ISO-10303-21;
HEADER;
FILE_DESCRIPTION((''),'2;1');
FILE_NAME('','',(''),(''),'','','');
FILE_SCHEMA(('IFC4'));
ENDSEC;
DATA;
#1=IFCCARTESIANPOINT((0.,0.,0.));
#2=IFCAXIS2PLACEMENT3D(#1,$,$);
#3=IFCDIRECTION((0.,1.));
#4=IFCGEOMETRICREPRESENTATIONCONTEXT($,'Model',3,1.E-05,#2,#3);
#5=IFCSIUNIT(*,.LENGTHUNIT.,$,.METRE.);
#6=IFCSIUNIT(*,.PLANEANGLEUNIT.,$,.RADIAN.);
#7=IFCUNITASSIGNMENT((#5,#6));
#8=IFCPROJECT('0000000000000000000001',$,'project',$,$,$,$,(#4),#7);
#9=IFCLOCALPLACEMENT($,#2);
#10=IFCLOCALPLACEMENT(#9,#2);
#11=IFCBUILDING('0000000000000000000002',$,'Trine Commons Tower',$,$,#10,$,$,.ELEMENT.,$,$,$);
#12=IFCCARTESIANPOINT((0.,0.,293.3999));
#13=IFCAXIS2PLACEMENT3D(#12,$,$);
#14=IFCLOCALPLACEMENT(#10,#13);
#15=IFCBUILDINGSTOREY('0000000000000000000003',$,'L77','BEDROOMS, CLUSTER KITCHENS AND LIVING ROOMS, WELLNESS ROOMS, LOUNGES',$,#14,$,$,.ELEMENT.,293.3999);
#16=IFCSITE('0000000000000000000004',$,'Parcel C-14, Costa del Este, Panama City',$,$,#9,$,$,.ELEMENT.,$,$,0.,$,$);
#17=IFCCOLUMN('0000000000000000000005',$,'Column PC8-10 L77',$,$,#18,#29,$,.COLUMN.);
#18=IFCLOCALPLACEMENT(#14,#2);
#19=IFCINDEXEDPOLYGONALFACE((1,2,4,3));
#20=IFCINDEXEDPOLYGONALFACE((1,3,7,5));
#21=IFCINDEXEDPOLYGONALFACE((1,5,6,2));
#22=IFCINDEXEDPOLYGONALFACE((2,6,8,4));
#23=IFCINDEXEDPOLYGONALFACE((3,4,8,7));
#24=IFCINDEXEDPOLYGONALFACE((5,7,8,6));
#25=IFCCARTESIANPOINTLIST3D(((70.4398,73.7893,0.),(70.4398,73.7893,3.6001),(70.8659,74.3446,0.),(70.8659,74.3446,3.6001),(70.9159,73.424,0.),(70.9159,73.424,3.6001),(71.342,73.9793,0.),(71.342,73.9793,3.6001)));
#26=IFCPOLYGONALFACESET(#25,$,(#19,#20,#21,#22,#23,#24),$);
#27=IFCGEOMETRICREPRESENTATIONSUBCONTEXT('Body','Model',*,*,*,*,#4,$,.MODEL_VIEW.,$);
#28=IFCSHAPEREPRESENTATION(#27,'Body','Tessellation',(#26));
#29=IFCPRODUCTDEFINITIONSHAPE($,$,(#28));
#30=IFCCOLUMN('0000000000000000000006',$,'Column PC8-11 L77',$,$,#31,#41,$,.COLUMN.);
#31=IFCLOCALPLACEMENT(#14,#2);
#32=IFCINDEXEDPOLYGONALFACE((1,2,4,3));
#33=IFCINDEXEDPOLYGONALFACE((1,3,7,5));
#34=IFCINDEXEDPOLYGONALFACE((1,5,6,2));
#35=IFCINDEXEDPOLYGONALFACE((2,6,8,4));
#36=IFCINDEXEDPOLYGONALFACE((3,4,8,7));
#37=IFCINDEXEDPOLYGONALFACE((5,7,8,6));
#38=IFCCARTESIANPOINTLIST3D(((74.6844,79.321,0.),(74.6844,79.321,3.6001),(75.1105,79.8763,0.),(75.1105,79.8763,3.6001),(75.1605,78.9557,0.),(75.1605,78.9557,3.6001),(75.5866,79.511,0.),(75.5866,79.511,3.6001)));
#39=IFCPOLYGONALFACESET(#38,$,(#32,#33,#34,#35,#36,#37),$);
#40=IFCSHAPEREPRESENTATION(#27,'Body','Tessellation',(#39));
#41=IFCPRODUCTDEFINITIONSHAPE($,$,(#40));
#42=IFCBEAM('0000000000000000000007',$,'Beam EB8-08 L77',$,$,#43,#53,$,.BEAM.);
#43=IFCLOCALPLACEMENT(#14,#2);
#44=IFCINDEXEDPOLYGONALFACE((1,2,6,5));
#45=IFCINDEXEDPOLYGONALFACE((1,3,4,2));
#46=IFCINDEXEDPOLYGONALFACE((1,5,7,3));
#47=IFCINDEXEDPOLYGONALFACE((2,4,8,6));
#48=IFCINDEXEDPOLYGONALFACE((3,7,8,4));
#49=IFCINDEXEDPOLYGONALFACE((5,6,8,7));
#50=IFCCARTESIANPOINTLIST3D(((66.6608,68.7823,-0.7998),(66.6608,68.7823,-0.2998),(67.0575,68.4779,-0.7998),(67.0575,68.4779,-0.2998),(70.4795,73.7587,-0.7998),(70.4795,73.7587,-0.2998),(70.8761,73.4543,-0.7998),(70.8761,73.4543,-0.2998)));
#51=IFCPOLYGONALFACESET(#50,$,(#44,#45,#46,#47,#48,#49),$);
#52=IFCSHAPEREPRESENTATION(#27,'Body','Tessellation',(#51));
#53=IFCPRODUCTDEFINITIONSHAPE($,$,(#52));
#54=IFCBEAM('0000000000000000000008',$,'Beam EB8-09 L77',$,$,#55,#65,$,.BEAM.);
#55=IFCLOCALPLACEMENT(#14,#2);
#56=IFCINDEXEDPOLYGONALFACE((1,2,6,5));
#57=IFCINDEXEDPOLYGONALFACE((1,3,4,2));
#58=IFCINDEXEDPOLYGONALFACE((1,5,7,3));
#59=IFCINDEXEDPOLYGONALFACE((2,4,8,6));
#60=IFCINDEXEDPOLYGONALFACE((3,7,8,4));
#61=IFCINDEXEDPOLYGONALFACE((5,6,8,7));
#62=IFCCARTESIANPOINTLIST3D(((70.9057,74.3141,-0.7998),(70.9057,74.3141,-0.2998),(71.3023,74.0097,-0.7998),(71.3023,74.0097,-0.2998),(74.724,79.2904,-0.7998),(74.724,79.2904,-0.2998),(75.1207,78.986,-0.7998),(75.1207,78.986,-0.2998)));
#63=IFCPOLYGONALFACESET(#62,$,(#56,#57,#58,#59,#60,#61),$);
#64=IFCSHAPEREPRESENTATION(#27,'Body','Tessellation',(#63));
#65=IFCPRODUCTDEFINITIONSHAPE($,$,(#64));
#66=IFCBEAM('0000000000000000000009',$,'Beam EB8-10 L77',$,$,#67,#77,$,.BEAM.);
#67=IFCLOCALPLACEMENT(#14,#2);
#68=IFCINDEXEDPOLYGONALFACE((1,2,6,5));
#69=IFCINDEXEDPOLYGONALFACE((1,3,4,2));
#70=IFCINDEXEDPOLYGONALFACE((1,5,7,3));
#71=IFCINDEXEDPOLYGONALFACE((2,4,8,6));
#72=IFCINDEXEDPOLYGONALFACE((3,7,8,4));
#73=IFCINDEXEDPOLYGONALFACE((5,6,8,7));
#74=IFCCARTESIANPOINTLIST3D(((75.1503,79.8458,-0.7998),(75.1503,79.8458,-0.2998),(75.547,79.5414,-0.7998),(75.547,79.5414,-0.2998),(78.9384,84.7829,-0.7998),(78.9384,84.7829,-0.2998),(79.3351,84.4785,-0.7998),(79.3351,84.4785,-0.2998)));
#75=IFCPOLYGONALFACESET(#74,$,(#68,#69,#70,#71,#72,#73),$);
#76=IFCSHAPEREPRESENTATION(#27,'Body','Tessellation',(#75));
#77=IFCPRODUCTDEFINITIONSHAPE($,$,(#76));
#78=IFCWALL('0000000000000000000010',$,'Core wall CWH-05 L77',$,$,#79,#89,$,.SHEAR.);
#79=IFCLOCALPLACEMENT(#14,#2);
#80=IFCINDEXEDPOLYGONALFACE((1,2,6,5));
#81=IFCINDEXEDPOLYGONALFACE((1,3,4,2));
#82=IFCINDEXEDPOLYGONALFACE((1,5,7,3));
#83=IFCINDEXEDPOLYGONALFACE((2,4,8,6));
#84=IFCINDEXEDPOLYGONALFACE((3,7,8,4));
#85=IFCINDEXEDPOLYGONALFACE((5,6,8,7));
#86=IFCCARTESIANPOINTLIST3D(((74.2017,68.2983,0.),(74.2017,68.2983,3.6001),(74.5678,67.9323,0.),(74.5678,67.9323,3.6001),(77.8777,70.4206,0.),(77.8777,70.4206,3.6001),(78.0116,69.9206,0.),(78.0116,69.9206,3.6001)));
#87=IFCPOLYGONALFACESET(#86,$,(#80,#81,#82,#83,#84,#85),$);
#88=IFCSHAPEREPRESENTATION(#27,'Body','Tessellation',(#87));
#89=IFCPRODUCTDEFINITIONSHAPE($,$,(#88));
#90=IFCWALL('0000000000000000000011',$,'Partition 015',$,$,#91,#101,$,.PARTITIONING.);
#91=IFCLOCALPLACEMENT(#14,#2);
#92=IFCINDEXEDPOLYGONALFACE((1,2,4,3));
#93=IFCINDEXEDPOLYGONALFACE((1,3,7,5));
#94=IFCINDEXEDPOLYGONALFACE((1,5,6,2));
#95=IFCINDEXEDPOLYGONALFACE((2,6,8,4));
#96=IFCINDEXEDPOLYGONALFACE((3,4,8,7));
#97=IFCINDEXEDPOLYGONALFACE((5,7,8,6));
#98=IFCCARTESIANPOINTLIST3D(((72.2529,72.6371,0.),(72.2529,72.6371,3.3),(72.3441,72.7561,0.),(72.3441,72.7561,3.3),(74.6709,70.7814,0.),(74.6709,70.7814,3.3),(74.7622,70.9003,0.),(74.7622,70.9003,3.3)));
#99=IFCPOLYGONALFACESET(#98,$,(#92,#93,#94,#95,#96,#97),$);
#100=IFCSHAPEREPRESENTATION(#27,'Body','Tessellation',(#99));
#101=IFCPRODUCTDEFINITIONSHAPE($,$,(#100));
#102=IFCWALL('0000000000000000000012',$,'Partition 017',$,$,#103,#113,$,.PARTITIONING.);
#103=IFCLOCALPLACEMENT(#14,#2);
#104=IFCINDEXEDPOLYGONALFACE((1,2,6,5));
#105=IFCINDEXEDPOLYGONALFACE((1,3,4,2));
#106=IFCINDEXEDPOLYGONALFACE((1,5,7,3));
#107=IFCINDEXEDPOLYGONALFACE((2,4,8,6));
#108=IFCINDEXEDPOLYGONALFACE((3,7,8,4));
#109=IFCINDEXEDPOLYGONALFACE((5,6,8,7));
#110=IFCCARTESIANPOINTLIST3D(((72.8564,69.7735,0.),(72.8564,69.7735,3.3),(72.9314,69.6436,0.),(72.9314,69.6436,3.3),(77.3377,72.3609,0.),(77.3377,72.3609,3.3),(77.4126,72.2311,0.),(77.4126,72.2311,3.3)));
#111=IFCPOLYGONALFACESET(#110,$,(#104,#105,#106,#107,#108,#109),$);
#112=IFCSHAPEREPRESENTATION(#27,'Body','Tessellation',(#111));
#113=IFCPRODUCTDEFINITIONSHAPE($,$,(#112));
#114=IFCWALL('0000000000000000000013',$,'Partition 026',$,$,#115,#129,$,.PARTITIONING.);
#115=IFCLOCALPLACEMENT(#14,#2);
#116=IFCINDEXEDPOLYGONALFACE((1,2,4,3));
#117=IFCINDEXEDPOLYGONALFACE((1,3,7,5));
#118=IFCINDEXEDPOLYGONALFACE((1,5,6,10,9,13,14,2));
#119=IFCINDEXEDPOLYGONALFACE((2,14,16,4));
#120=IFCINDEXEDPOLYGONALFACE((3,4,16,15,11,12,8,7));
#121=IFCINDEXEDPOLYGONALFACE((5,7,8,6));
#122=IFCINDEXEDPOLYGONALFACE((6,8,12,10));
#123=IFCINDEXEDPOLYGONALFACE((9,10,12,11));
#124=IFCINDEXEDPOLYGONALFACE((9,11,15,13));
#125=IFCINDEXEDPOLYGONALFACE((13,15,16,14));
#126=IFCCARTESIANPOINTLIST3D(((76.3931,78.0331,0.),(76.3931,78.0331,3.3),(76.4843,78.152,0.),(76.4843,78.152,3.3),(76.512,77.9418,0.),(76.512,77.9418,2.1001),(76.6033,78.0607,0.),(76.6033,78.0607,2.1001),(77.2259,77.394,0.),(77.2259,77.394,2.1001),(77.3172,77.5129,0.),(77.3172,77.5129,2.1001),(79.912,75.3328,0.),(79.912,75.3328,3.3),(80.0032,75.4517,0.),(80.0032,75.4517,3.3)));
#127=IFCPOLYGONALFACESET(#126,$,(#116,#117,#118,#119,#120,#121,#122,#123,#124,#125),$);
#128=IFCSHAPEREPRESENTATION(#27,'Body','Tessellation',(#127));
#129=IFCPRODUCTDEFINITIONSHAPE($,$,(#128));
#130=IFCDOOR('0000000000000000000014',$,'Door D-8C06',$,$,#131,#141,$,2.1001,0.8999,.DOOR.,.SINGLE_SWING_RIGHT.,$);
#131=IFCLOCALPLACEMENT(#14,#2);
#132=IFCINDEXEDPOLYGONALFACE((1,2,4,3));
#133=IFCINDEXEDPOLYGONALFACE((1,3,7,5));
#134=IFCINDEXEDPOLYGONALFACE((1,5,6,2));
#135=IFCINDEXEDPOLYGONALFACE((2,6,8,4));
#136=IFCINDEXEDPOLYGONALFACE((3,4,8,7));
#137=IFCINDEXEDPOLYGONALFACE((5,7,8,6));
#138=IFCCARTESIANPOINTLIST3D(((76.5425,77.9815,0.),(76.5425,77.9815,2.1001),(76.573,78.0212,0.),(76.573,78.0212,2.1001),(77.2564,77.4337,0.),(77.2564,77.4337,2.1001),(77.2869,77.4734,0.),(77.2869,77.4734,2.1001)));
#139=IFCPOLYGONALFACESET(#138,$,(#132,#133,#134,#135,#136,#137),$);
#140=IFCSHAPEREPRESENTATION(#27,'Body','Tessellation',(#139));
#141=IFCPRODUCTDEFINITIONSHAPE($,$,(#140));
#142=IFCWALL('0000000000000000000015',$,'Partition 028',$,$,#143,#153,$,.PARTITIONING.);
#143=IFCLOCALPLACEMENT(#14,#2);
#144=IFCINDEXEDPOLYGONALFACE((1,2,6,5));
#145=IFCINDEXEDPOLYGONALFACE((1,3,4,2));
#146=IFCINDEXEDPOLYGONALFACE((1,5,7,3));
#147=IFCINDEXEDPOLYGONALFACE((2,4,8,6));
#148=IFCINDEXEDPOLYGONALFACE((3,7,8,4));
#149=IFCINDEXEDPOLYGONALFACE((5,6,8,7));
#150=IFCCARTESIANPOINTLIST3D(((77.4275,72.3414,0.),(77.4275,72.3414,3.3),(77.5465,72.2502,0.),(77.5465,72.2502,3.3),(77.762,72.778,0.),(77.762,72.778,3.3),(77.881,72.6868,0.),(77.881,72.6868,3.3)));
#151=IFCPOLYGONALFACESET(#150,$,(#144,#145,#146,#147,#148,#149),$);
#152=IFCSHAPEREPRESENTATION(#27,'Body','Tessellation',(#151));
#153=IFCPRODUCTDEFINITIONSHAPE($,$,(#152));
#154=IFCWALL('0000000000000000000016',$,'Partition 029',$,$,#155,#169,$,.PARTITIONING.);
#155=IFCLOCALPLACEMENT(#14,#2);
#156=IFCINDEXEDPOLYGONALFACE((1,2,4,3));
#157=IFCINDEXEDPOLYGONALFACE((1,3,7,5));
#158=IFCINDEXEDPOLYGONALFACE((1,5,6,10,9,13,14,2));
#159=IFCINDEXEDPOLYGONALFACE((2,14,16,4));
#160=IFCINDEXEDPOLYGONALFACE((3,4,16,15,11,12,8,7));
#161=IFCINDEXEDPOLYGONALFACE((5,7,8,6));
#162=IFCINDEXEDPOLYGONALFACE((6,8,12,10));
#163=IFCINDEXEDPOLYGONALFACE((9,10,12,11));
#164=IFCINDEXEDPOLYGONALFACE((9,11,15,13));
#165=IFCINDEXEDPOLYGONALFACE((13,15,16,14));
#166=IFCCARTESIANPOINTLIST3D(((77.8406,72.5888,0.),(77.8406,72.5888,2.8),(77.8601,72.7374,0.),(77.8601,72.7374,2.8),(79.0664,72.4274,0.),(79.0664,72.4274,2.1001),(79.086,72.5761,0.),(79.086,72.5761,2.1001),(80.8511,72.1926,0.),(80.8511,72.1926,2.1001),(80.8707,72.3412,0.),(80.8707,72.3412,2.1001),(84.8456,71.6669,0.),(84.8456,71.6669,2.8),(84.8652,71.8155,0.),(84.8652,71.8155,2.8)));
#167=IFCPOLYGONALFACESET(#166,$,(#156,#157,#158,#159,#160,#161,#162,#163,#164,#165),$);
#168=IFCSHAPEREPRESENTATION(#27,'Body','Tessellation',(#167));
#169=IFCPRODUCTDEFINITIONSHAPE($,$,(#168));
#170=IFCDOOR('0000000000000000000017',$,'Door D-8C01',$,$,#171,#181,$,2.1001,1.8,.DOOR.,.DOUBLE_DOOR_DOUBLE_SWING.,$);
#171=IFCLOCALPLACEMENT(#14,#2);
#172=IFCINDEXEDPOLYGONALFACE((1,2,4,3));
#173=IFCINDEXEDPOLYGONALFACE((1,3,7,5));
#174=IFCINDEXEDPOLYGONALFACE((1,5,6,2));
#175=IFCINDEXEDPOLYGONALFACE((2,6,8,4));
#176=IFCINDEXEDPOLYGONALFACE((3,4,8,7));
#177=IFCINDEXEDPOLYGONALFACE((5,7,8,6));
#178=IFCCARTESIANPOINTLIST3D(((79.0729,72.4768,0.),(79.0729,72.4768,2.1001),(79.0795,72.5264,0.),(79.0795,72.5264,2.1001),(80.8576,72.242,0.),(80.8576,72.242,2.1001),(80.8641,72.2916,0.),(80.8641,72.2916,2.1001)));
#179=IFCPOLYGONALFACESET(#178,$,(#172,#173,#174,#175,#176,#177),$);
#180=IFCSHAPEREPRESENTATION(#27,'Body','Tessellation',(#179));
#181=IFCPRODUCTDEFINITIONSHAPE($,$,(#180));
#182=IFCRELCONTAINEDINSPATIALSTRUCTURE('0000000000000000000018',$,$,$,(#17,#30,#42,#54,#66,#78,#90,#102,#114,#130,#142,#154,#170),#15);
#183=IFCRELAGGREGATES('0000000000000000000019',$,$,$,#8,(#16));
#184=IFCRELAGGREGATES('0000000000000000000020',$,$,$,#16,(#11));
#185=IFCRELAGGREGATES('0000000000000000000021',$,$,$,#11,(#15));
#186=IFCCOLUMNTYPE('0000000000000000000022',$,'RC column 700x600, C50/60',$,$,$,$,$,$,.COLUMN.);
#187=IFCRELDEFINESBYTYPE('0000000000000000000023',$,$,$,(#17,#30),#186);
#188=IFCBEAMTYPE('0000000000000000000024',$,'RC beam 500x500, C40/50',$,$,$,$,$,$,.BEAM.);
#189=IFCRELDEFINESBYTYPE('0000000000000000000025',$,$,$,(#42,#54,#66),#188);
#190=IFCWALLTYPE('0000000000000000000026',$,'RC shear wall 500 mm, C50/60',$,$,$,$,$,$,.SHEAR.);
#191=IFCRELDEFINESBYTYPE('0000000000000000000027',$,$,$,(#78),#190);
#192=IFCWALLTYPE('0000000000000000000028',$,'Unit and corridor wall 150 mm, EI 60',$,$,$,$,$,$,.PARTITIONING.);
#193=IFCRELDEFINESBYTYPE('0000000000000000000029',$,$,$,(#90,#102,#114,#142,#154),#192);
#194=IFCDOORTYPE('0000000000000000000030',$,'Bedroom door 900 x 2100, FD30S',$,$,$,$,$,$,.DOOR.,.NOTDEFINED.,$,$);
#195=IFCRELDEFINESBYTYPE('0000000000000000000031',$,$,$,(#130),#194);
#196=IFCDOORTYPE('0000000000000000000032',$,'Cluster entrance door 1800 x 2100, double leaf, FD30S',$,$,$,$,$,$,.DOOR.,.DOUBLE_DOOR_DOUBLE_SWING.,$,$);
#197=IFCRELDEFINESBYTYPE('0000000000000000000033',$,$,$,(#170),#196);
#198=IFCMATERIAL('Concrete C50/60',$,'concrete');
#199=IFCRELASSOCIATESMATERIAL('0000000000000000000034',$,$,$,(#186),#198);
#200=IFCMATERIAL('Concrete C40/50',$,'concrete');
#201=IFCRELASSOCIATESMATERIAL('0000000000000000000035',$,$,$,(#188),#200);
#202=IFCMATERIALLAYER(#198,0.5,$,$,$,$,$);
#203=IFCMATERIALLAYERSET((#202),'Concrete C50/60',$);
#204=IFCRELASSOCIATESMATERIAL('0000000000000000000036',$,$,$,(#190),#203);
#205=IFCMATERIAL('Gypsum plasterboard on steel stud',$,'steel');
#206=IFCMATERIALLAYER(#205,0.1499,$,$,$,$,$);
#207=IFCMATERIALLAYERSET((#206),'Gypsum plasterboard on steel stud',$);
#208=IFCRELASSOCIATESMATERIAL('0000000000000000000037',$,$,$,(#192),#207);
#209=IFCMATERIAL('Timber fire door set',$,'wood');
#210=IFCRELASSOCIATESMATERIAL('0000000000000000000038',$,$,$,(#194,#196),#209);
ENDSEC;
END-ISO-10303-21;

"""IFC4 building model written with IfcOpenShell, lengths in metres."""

from ifc_helpers import new_model, si_unit, direction, frame, frame_2d, origin, origin_2d, place, context, subcontext, project, spatial, polyline, rectangle, outline, extrude, material, layer, layer_set, material_profile, profile_set, type_object, element, fill, save


model = new_model("IFC4")

# Units and contexts
model_context = context("Model", 3, precision=1e-05, world=origin(), true_north=direction((0.0, 1.0)))
body_context = subcontext(model_context, "Body", "Model", "MODEL_VIEW")
ifc_project = project(units=[si_unit("LENGTHUNIT", "METRE"), si_unit("PLANEANGLEUNIT", "RADIAN")], contexts=[model_context])

# Site, building, storey
site_placement = place(None, origin())
site = spatial("IfcSite", under=ifc_project, at=site_placement, Name="Parcel C-14, Costa del Este, Panama City", CompositionType="ELEMENT", RefElevation=0.0)
building_placement = place(site_placement, origin())
building = spatial("IfcBuilding", under=site, at=building_placement, Name="Trine Commons Tower", CompositionType="ELEMENT")
storey_placement = place(building_placement, frame((0.0, 0.0, 293.3999)))
storey = spatial("IfcBuildingStorey", under=building, at=storey_placement, Name="L77", Description="BEDROOMS, CLUSTER KITCHENS AND LIVING ROOMS, WELLNESS ROOMS, LOUNGES", CompositionType="ELEMENT", Elevation=293.3999)

# Columns
ifc_material_1 = material(Name="Concrete C50/60", Category="concrete")
ifc_material_profile_1 = material_profile(ifc_material_1, rectangle(XDim=0.7, YDim=0.6001, at=origin_2d()), Name="RC 700x600")
ifc_profile_set_1 = profile_set([ifc_material_profile_1], Name="Concrete C50/60")
column_type = type_object("IfcColumnType", Name="RC column 700x600, C50/60", PredefinedType="COLUMN", material=ifc_profile_set_1)
for number, where, z_axis, x_axis, name in (
    (1, (70.8909, 73.8843, 0.0), (0.0, 0.0, 1.0), (0.608761, 0.793353, 0.0), "Column PC8-10 L77"),
    (2, (75.1355, 79.416, 0.0), (0.0, 0.0, 1.0), (0.608761, 0.793353, 0.0), "Column PC8-11 L77"),
):
    element("IfcColumn", number, at=place(storey_placement, frame(where, z_axis=z_axis, x_axis=x_axis)), inside=storey, type_object=column_type, Name=name, PredefinedType="COLUMN", context=body_context, shape_type="SweptSolid", body=[
        extrude(rectangle(XDim=0.7, YDim=0.6001, at=origin_2d()), origin(), (0.0, 0.0, 1.0), 3.6001),
    ])

# Beams
ifc_material_2 = material(Name="Concrete C40/50", Category="concrete")
ifc_material_profile_2 = material_profile(ifc_material_2, rectangle(XDim=0.5, YDim=0.5, at=origin_2d()), Name="RC 500x500")
ifc_profile_set_2 = profile_set([ifc_material_profile_2], Name="Concrete C40/50")
beam_type = type_object("IfcBeamType", Name="RC beam 500x500, C40/50", PredefinedType="BEAM", material=ifc_profile_set_2)
beam_1_placement = place(storey_placement, frame((66.8591, 68.6301, -0.5498), z_axis=(0.608775, 0.793343, 0.0), x_axis=(-0.793343, 0.608775, 0.0)))
element("IfcBeam", 3, at=beam_1_placement, inside=storey, type_object=beam_type, Name="Beam EB8-08 L77", PredefinedType="BEAM", context=body_context, shape_type="SweptSolid", body=[
    extrude(rectangle(XDim=0.5, YDim=0.5, at=origin_2d()), origin(), (0.0, 0.0, 1.0), 6.2727),
])
beam_2_placement = place(storey_placement, frame((71.104, 74.1619, -0.5498), z_axis=(0.608751, 0.793361, 0.0), x_axis=(-0.793361, 0.608751, 0.0)))
element("IfcBeam", 4, at=beam_2_placement, inside=storey, type_object=beam_type, Name="Beam EB8-09 L77", PredefinedType="BEAM", context=body_context, shape_type="SweptSolid", body=[
    extrude(rectangle(XDim=0.5, YDim=0.5, at=origin_2d()), origin(), (0.0, 0.0, 1.0), 6.2725),
])
beam_3_placement = place(storey_placement, frame((75.3486, 79.6936, -0.5498), z_axis=(0.60874, 0.79337, 0.0), x_axis=(-0.79337, 0.60874, 0.0)))
element("IfcBeam", 5, at=beam_3_placement, inside=storey, type_object=beam_type, Name="Beam EB8-10 L77", PredefinedType="BEAM", context=body_context, shape_type="SweptSolid", body=[
    extrude(rectangle(XDim=0.5, YDim=0.5, at=origin_2d()), origin(), (0.0, 0.0, 1.0), 6.2229),
])

# Walls
ifc_layer_1 = layer(ifc_material_1, 0.5)
ifc_layer_set_1 = layer_set([ifc_layer_1], Name="Concrete C50/60")
wall_type_1 = type_object("IfcWallType", Name="RC shear wall 500 mm, C50/60", PredefinedType="SHEAR", material=ifc_layer_set_1)
wall_1_placement = place(storey_placement, frame((78.0027, 70.2041, 0.0), z_axis=(0.0, 0.0, 1.0), x_axis=(-0.866029, -0.499993, 0.0)))
element("IfcWall", 6, at=wall_1_placement, inside=storey, type_object=wall_type_1, Name="Core wall CWH-05 L77", PredefinedType="SHEAR", context=body_context, shape_type="SweptSolid", body=[
    extrude(outline(polyline([(0.0, -0.25), (4.2446, -0.25), (4.1106, 0.25), (0.134, 0.25), (0.0, -0.25)])), origin(), (0.0, 0.0, 1.0), 3.6001),
])
ifc_material_3 = material(Name="Gypsum plasterboard on steel stud", Category="steel")
ifc_layer_2 = layer(ifc_material_3, 0.1499)
ifc_layer_set_2 = layer_set([ifc_layer_2], Name="Gypsum plasterboard on steel stud")
wall_type_2 = type_object("IfcWallType", Name="Unit and corridor wall 150 mm, EI 60", PredefinedType="PARTITIONING", material=ifc_layer_set_2)
wall_2_placement = place(storey_placement, frame((72.2986, 72.6965, 0.0), z_axis=(0.0, 0.0, 1.0), x_axis=(0.793299, -0.608832, 0.0)))
element("IfcWall", 7, at=wall_2_placement, inside=storey, type_object=wall_type_2, Name="Partition 015", PredefinedType="PARTITIONING", context=body_context, shape_type="SweptSolid", body=[
    extrude(rectangle(XDim=3.0481, YDim=0.1499, at=frame_2d((1.5239, 0.0))), origin(), (0.0, 0.0, 1.0), 3.3),
])
wall_3_placement = place(storey_placement, frame((72.8938, 69.7085, 0.0), z_axis=(0.0, 0.0, 1.0), x_axis=(0.86601, 0.500026, 0.0)))
element("IfcWall", 8, at=wall_3_placement, inside=storey, type_object=wall_type_2, Name="Partition 017", PredefinedType="PARTITIONING", context=body_context, shape_type="SweptSolid", body=[
    extrude(rectangle(XDim=5.1746, YDim=0.1499, at=frame_2d((2.5874, 0.0))), origin(), (0.0, 0.0, 1.0), 3.3),
])

# Wall, opening, door
wall_4_placement = place(storey_placement, frame((76.4387, 78.0925, 0.0), z_axis=(0.0, 0.0, 1.0), x_axis=(0.79334, -0.608779, 0.0)))
wall_4 = element("IfcWall", 9, at=wall_4_placement, inside=storey, type_object=wall_type_2, Name="Partition 026", PredefinedType="PARTITIONING", context=body_context, shape_type="SweptSolid", body=[
    extrude(rectangle(XDim=4.4355, YDim=0.1499, at=frame_2d((2.2178, 0.0))), origin(), (0.0, 0.0, 1.0), 3.3),
])
opening_1_placement = place(wall_4_placement, frame((0.1499, 0.0, 0.0)))
opening_1 = element("IfcOpeningElement", 10, at=opening_1_placement, cuts=wall_4, PredefinedType="OPENING", context=body_context, shape_type="SweptSolid", body=[
    extrude(rectangle(XDim=0.8999, YDim=2.1001, at=frame_2d((0.45, 1.05))), frame((0.0, 0.085, 0.0), z_axis=(0.0, -1.0, 0.0), x_axis=(1.0, 0.0, 0.0)), (0.0, 0.0, 1.0), 0.1699),
])
ifc_material_4 = material(Name="Timber fire door set", Category="wood")
door_type_1 = type_object("IfcDoorType", Name="Bedroom door 900 x 2100, FD30S", OperationType="NOTDEFINED", PredefinedType="DOOR", material=ifc_material_4)
door_1_placement = place(opening_1_placement, frame((0.8999, 0.0, 0.0), z_axis=(0.0, 0.0, 1.0), x_axis=(-1.0, 0.0, 0.0)))
door_1 = element("IfcDoor", 11, at=door_1_placement, inside=storey, type_object=door_type_1, Name="Door D-8C06", OperationType="SINGLE_SWING_RIGHT", OverallHeight=2.1001, OverallWidth=0.8999, PredefinedType="DOOR", context=body_context, shape_type="SweptSolid", body=[
    extrude(rectangle(XDim=0.8999, YDim=2.1001, at=frame_2d((0.45, 1.05))), frame((0.0, 0.0249, 0.0), z_axis=(0.0, -1.0, 0.0), x_axis=(1.0, 0.0, 0.0)), (0.0, 0.0, 1.0), 0.05),
])
fill(opening_1, door_1)

# Wall
wall_5_placement = place(storey_placement, frame((77.4871, 72.2959, 0.0), z_axis=(0.0, 0.0, 1.0), x_axis=(0.608208, 0.793778, 0.0)))
element("IfcWall", 12, at=wall_5_placement, inside=storey, type_object=wall_type_2, Name="Partition 028", PredefinedType="PARTITIONING", context=body_context, shape_type="SweptSolid", body=[
    extrude(rectangle(XDim=0.55, YDim=0.1499, at=frame_2d((0.2749, 0.0))), origin(), (0.0, 0.0, 1.0), 3.3),
])

# Wall, opening, door
wall_6_placement = place(storey_placement, frame((77.8503, 72.6631, 0.0), z_axis=(0.0, 0.0, 1.0), x_axis=(0.991452, -0.130475, 0.0)))
wall_6 = element("IfcWall", 13, at=wall_6_placement, inside=storey, type_object=wall_type_2, Name="Partition 029", PredefinedType="PARTITIONING", context=body_context, shape_type="SweptSolid", body=[
    extrude(rectangle(XDim=7.0654, YDim=0.1499, at=frame_2d((3.5327, 0.0))), origin(), (0.0, 0.0, 1.0), 2.8),
])
opening_2_placement = place(wall_6_placement, frame((1.2366, 0.0, 0.0)))
opening_2 = element("IfcOpeningElement", 14, at=opening_2_placement, cuts=wall_6, PredefinedType="OPENING", context=body_context, shape_type="SweptSolid", body=[
    extrude(rectangle(XDim=1.8, YDim=2.1001, at=frame_2d((0.8999, 1.05))), frame((0.0, 0.085, 0.0), z_axis=(0.0, -1.0, 0.0), x_axis=(1.0, 0.0, 0.0)), (0.0, 0.0, 1.0), 0.1699),
])
door_type_2 = type_object("IfcDoorType", Name="Cluster entrance door 1800 x 2100, double leaf, FD30S", OperationType="DOUBLE_DOOR_DOUBLE_SWING", PredefinedType="DOOR", material=ifc_material_4)
door_2_placement = place(opening_2_placement, origin())
door_2 = element("IfcDoor", 15, at=door_2_placement, inside=storey, type_object=door_type_2, Name="Door D-8C01", OperationType="DOUBLE_DOOR_DOUBLE_SWING", OverallHeight=2.1001, OverallWidth=1.8, PredefinedType="DOOR", context=body_context, shape_type="SweptSolid", body=[
    extrude(rectangle(XDim=1.8, YDim=2.1001, at=frame_2d((0.8999, 1.05))), frame((0.0, 0.0249, 0.0), z_axis=(0.0, -1.0, 0.0), x_axis=(1.0, 0.0, 0.0)), (0.0, 0.0, 1.0), 0.05),
])
fill(opening_2, door_2)

save(model, "model.ifc")
